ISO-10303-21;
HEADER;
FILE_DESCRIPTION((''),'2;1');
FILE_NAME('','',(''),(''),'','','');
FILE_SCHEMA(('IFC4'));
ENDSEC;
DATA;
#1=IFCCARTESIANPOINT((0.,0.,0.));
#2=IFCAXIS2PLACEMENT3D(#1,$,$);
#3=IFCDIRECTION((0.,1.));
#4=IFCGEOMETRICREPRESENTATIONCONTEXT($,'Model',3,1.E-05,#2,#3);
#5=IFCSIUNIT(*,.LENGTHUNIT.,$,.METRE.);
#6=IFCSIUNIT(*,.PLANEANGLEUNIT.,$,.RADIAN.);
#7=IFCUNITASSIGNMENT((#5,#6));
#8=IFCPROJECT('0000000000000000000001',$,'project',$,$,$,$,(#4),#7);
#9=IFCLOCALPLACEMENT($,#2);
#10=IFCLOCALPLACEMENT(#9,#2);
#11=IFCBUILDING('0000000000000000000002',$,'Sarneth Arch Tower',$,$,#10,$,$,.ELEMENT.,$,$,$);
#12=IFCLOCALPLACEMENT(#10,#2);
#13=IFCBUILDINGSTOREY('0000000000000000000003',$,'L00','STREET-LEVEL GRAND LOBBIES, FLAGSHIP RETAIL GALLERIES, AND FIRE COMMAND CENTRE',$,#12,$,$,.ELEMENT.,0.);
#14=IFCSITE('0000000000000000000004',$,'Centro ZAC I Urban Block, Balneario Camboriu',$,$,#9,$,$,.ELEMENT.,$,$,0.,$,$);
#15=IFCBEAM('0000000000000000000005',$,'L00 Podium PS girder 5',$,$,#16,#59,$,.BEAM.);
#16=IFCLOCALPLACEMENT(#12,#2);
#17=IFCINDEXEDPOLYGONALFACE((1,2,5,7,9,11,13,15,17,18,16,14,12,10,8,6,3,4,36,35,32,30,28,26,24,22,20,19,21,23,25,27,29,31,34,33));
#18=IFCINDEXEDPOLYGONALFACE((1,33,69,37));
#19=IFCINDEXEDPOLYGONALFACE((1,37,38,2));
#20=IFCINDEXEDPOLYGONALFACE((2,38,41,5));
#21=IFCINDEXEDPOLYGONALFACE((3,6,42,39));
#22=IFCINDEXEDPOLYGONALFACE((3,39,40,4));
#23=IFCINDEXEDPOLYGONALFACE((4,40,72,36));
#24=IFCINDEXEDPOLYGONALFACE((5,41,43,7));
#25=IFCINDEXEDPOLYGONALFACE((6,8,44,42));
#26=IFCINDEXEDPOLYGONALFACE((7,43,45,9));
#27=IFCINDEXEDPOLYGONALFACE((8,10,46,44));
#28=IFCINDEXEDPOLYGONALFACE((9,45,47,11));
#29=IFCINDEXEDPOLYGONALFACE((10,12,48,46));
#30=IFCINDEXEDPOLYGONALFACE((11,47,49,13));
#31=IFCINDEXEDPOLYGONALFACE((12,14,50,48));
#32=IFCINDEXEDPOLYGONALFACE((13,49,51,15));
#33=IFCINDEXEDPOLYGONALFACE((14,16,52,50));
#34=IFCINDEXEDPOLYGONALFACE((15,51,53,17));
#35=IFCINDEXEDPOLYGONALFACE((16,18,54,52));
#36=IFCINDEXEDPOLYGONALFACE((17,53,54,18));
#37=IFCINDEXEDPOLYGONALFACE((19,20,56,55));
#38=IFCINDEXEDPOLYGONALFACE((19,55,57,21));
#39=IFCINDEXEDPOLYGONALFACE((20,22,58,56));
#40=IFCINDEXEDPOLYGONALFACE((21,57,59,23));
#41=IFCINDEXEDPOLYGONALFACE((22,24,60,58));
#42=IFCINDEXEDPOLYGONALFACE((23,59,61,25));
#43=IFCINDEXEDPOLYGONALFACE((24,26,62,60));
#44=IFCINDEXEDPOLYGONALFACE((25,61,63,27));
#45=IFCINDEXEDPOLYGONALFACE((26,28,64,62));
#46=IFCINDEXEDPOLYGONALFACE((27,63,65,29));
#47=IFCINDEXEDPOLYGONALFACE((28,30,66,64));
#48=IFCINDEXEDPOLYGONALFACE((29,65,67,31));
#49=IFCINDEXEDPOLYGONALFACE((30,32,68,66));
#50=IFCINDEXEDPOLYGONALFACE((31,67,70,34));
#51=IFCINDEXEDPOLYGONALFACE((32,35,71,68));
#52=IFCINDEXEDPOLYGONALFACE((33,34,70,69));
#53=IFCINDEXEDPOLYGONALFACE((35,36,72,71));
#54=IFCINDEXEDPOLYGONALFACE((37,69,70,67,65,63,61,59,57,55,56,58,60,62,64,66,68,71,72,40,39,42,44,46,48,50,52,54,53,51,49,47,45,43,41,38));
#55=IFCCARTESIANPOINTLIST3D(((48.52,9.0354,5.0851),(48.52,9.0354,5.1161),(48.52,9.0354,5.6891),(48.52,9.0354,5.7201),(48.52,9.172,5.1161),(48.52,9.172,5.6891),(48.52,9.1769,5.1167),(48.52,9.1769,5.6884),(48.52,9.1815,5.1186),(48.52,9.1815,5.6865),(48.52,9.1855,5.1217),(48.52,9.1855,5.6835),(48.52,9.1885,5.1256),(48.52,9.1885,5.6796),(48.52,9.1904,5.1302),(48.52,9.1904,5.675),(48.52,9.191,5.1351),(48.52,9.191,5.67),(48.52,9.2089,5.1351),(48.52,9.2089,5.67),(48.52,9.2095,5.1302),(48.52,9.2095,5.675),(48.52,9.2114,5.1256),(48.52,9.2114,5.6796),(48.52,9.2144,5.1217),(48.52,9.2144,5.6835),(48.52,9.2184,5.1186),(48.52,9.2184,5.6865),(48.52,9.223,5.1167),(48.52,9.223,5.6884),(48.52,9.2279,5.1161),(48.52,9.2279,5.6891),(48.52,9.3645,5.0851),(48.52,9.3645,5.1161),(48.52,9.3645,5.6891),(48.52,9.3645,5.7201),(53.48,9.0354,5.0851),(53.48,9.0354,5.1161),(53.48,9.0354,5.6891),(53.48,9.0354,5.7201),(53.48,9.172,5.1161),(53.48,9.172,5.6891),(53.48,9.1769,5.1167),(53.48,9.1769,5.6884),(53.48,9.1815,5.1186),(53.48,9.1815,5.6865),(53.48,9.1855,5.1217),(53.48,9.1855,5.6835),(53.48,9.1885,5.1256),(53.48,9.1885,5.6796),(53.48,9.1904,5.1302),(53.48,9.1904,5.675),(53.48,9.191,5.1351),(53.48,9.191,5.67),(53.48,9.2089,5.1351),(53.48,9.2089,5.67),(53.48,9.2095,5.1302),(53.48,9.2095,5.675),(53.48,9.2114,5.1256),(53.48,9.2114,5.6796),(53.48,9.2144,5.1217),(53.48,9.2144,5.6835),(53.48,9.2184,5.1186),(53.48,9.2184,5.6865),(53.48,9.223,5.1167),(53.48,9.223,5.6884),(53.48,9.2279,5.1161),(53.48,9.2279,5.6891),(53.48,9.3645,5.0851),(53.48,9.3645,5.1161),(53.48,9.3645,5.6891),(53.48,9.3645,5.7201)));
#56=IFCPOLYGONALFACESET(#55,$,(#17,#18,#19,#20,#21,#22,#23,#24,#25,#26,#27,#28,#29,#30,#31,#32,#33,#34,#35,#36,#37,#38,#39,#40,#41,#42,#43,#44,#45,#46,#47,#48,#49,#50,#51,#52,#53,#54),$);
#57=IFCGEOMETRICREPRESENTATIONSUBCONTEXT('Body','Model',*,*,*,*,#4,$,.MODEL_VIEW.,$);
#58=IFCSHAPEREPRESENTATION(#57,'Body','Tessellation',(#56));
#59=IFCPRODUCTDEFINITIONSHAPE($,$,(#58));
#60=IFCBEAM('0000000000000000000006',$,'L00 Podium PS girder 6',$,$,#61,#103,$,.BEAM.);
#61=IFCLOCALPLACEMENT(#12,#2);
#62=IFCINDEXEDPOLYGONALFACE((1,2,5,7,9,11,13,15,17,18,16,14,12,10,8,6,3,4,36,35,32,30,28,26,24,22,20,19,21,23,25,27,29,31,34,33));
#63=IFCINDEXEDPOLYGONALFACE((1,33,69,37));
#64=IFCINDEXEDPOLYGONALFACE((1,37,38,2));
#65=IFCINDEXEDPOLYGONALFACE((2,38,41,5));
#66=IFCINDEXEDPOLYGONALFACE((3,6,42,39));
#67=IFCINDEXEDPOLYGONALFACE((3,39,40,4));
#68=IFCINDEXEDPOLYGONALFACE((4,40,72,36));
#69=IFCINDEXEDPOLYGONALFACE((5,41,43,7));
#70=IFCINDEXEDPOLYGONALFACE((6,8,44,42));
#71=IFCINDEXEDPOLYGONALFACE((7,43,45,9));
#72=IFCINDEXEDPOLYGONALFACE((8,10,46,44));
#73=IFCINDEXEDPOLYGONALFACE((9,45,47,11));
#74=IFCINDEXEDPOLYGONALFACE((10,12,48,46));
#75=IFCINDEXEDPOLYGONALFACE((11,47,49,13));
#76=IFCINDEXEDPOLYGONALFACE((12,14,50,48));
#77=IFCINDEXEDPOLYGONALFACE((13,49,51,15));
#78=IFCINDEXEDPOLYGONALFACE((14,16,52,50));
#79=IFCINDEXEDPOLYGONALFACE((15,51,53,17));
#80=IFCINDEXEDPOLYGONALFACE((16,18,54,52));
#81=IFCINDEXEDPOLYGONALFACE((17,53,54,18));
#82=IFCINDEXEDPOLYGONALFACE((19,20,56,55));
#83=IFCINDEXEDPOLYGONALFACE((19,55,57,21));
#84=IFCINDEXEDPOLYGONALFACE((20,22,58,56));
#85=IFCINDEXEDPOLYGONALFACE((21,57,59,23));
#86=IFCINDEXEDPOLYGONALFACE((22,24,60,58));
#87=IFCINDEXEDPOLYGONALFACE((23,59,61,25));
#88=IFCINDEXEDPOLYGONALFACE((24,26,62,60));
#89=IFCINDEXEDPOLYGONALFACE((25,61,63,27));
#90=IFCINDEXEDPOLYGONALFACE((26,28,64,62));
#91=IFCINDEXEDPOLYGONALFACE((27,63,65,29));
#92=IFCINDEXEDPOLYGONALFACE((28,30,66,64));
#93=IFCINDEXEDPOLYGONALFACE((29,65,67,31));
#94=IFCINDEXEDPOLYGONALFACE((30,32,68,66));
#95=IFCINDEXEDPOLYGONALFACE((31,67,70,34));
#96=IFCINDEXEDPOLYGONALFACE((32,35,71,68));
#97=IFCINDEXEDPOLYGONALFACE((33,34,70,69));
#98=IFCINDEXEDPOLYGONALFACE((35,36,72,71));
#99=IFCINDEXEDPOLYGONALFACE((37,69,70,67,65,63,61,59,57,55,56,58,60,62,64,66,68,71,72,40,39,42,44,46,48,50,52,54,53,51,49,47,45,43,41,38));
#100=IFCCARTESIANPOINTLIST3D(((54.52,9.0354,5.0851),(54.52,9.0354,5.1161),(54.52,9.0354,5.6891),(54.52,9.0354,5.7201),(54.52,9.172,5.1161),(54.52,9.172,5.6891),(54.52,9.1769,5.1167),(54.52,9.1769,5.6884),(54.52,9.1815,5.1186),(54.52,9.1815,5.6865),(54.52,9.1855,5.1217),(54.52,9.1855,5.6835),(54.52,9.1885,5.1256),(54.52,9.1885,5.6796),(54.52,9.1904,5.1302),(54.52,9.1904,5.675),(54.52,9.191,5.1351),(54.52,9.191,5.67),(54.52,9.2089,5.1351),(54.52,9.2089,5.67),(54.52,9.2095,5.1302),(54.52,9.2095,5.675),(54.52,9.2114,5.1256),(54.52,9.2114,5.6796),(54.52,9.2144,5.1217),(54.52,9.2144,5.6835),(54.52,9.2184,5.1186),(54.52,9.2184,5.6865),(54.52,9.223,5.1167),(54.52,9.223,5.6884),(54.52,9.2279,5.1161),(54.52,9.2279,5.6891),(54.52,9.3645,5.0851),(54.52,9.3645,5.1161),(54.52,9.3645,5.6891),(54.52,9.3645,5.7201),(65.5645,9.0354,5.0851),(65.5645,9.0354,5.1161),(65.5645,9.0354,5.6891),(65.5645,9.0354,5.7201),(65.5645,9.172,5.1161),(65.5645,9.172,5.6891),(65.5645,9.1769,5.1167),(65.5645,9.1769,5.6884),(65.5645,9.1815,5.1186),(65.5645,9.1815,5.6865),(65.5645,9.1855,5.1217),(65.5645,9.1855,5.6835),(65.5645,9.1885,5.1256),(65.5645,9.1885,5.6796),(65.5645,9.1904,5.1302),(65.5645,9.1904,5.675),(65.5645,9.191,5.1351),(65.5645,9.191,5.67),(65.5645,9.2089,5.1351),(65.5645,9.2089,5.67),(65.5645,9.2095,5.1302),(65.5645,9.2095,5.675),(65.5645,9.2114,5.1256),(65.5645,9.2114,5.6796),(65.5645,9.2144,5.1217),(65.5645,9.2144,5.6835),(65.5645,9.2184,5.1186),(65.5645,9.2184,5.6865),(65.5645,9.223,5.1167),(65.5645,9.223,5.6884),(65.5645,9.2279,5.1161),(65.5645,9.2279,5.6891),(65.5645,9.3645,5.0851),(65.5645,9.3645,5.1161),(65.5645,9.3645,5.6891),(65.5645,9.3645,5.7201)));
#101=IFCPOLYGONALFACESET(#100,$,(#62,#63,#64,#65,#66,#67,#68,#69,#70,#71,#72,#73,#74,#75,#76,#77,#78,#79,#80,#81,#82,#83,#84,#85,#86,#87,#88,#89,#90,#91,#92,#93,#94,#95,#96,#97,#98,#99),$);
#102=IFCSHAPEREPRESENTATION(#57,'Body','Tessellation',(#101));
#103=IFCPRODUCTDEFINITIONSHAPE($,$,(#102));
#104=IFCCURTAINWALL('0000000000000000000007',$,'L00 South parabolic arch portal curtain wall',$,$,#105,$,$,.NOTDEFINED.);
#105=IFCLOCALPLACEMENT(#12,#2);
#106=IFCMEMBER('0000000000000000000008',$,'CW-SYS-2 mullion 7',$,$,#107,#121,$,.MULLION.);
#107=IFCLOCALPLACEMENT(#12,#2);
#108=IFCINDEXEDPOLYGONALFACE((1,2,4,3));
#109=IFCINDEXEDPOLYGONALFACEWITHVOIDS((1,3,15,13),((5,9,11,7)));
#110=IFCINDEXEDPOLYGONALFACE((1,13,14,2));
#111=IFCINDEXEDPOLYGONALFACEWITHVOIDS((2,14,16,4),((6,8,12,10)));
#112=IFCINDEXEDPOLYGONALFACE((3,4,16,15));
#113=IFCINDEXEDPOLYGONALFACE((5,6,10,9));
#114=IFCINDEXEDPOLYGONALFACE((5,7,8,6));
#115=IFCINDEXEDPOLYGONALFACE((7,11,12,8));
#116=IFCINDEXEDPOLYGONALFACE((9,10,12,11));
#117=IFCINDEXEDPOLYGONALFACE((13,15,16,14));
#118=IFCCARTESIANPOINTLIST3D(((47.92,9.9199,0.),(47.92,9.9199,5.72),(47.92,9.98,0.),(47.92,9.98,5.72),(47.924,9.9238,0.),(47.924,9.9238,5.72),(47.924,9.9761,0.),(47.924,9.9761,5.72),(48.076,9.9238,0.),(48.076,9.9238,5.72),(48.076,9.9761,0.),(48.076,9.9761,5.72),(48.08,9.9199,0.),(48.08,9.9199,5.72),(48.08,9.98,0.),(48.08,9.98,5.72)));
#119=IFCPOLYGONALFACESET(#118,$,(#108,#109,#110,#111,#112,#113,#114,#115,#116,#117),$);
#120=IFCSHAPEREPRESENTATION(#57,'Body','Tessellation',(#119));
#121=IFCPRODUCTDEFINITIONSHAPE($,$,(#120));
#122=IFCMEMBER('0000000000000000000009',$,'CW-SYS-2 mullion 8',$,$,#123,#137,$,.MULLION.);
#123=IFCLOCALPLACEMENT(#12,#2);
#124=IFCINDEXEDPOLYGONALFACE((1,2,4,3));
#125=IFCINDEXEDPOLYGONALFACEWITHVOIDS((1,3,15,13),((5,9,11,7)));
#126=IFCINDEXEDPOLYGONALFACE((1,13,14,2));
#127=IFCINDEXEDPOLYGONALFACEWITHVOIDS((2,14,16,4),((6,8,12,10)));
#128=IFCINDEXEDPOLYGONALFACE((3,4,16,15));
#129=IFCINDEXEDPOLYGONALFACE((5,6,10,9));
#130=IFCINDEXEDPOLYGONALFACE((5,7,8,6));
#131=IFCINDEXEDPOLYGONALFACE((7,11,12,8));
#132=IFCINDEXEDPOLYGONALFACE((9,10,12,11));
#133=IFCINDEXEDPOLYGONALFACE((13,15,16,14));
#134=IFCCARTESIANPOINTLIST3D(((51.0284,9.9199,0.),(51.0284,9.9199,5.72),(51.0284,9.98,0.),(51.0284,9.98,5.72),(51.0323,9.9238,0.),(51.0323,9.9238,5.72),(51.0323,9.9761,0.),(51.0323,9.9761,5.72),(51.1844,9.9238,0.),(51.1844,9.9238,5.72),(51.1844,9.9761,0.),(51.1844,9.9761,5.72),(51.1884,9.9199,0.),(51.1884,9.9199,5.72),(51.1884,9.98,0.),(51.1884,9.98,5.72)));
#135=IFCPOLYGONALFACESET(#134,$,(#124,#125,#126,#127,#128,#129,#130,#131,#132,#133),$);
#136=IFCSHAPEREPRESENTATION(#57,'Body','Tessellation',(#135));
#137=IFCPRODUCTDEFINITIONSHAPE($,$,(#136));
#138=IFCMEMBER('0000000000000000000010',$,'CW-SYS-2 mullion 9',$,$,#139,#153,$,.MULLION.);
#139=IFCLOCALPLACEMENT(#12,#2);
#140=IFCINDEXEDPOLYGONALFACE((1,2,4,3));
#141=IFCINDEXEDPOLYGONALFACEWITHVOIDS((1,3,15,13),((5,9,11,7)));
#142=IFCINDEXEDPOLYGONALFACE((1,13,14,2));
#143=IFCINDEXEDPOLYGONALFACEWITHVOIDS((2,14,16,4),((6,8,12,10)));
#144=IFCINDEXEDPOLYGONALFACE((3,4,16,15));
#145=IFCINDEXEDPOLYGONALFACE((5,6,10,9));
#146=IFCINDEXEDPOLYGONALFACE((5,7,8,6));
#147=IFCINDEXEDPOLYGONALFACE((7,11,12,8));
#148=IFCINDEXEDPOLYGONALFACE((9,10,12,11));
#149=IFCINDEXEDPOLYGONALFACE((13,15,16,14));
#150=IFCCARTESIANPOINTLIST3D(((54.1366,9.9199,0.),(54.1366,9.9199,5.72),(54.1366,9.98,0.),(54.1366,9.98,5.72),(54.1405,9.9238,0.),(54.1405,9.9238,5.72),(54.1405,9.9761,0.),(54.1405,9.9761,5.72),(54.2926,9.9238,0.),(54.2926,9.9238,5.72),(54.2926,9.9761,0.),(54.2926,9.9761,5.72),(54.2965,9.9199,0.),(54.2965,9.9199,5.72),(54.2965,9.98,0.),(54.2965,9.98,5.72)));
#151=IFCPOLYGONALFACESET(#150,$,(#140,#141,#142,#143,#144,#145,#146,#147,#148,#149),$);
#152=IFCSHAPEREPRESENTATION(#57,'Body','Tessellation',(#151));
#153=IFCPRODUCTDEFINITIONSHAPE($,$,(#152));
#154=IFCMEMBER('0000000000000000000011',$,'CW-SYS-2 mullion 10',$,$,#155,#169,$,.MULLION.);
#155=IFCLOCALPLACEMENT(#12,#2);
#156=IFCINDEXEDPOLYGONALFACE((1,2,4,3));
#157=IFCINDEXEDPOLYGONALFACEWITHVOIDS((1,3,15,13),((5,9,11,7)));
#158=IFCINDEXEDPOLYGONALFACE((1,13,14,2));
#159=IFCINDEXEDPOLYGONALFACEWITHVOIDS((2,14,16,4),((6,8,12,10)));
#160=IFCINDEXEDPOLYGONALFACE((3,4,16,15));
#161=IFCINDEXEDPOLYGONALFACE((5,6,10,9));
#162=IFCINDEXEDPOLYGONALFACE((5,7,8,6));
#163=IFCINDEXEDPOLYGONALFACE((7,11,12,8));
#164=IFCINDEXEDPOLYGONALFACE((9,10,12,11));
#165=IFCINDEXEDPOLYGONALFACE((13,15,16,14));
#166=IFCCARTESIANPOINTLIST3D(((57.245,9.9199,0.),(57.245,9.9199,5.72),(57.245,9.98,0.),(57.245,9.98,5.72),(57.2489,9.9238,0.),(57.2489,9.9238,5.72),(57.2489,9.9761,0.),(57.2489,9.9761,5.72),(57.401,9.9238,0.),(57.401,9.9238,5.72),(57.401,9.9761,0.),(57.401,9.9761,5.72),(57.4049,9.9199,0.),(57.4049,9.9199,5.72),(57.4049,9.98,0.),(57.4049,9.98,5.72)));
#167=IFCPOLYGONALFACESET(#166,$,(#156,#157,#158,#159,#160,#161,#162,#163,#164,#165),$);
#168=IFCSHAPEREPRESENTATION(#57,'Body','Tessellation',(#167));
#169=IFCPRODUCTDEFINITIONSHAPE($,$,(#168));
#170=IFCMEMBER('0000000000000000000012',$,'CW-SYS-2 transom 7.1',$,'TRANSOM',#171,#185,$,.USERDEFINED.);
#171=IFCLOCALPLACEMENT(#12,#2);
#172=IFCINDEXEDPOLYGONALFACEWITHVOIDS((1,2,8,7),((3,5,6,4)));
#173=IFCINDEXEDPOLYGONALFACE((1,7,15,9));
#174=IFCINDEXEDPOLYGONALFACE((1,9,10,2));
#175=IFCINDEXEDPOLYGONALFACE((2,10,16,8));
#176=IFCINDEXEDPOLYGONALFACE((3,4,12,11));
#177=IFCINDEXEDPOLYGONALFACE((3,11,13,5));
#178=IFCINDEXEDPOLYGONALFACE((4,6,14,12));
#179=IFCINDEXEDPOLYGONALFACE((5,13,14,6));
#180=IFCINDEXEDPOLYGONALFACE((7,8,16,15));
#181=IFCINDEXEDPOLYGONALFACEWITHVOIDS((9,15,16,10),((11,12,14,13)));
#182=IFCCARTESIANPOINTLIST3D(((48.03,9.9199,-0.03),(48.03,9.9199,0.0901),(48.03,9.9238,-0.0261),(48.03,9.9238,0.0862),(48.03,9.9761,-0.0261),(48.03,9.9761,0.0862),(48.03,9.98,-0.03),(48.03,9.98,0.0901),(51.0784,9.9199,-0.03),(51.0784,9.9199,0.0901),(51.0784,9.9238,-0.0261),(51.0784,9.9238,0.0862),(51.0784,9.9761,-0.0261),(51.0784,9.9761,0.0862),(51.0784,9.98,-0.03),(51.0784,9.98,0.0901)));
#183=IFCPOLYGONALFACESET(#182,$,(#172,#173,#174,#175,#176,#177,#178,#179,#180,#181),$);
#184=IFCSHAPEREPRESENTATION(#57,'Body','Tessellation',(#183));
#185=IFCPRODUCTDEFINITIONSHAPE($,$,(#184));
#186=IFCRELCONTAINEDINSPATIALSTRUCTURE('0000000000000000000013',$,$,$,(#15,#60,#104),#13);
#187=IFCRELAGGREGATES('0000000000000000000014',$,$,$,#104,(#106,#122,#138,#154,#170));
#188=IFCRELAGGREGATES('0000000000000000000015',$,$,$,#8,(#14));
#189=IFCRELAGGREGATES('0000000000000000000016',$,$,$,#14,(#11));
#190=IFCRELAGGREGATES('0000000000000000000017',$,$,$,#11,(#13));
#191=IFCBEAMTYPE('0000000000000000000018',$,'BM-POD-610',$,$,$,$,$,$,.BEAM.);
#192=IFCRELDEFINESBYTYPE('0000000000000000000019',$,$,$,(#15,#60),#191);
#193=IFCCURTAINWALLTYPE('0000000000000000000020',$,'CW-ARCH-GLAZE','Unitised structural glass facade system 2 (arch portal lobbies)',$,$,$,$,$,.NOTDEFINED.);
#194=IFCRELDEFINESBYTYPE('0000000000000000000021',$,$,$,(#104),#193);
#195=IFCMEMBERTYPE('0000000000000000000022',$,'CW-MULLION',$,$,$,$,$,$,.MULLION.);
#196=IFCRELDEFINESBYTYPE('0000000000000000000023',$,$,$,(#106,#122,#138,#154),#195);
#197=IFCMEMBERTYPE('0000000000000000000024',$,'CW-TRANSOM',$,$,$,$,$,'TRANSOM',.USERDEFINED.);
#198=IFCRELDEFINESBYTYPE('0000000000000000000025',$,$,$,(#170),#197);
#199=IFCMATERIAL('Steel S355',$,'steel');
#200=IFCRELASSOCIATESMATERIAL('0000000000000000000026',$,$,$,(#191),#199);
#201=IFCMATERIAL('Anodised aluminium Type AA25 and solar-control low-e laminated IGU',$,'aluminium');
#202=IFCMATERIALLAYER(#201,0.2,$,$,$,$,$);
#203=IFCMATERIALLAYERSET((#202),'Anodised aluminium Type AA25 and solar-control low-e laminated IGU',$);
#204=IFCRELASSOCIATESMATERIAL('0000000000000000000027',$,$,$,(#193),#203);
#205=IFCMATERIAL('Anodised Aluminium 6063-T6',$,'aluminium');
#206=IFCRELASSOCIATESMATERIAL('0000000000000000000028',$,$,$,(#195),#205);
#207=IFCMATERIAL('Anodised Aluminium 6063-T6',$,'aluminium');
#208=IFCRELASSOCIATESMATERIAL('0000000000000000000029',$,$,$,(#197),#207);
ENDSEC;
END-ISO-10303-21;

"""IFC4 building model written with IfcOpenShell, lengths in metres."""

from ifc_helpers import new_model, si_unit, direction, frame, origin, origin_2d, place, context, subcontext, project, spatial, hollow_rectangle, i_section, extrude, material, layer, layer_set, material_profile, profile_set, type_object, element, aggregate, save


model = new_model("IFC4")

# Units and contexts
model_context = context("Model", 3, precision=1e-05, world=origin(), true_north=direction((0.0, 1.0)))
body_context = subcontext(model_context, "Body", "Model", "MODEL_VIEW")
ifc_project = project(units=[si_unit("LENGTHUNIT", "METRE"), si_unit("PLANEANGLEUNIT", "RADIAN")], contexts=[model_context])

# Site, building, storey
site_placement = place(None, origin())
site = spatial("IfcSite", under=ifc_project, at=site_placement, Name="Centro ZAC I Urban Block, Balneario Camboriu", CompositionType="ELEMENT", RefElevation=0.0)
building_placement = place(site_placement, origin())
building = spatial("IfcBuilding", under=site, at=building_placement, Name="Sarneth Arch Tower", CompositionType="ELEMENT")
storey_placement = place(building_placement, origin())
storey = spatial("IfcBuildingStorey", under=building, at=storey_placement, Name="L00", Description="STREET-LEVEL GRAND LOBBIES, FLAGSHIP RETAIL GALLERIES, AND FIRE COMMAND CENTRE", CompositionType="ELEMENT", Elevation=0.0)

# Beams
ifc_material_1 = material(Name="Steel S355", Category="steel")
ifc_material_profile_1 = material_profile(ifc_material_1, i_section(OverallWidth=0.3291, OverallDepth=0.635, WebThickness=0.0178, FlangeThickness=0.031, FilletRadius=0.019, at=origin_2d()), Name="W610x241")
ifc_profile_set_1 = profile_set([ifc_material_profile_1], Name="Steel S355")
beam_type_1 = type_object("IfcBeamType", Name="BM-POD-610", PredefinedType="BEAM", material=ifc_profile_set_1)
beam_1_placement = place(storey_placement, frame((48.52, 9.2, 5.4026), z_axis=(1.0, 0.0, 0.0), x_axis=(0.0, 1.0, 0.0)))
element("IfcBeam", 1, at=beam_1_placement, inside=storey, type_object=beam_type_1, Name="L00 Podium PS girder 5", PredefinedType="BEAM", context=body_context, shape_type="SweptSolid", body=[
    extrude(i_section(OverallWidth=0.3291, OverallDepth=0.635, WebThickness=0.0178, FlangeThickness=0.031, FilletRadius=0.019, at=origin_2d()), origin(), (0.0, 0.0, 1.0), 4.96),
])
beam_2_placement = place(storey_placement, frame((54.52, 9.2, 5.4026), z_axis=(1.0, 0.0, 0.0), x_axis=(0.0, 1.0, 0.0)))
element("IfcBeam", 2, at=beam_2_placement, inside=storey, type_object=beam_type_1, Name="L00 Podium PS girder 6", PredefinedType="BEAM", context=body_context, shape_type="SweptSolid", body=[
    extrude(i_section(OverallWidth=0.3291, OverallDepth=0.635, WebThickness=0.0178, FlangeThickness=0.031, FilletRadius=0.019, at=origin_2d()), origin(), (0.0, 0.0, 1.0), 11.0444),
])

# Curtain wall, members
ifc_material_2 = material(Name="Anodised aluminium Type AA25 and solar-control low-e laminated IGU", Category="aluminium")
ifc_layer_1 = layer(ifc_material_2, 0.2)
ifc_layer_set_1 = layer_set([ifc_layer_1], Name="Anodised aluminium Type AA25 and solar-control low-e laminated IGU")
curtain_wall_type = type_object("IfcCurtainWallType", Name="CW-ARCH-GLAZE", Description="Unitised structural glass facade system 2 (arch portal lobbies)", PredefinedType="NOTDEFINED", material=ifc_layer_set_1)
curtain_wall_placement = place(storey_placement, origin())
curtain_wall = element("IfcCurtainWall", 3, at=curtain_wall_placement, inside=storey, type_object=curtain_wall_type, Name="L00 South parabolic arch portal curtain wall", PredefinedType="NOTDEFINED")
ifc_material_3 = material(Name="Anodised Aluminium 6063-T6", Category="aluminium")
ifc_material_profile_2 = material_profile(ifc_material_3, hollow_rectangle(XDim=0.0601, YDim=0.1599, WallThickness=0.0039, at=origin_2d()), Name="AL-MULL-160x60x4")
ifc_profile_set_2 = profile_set([ifc_material_profile_2], Name="Anodised Aluminium 6063-T6")
member_type_1 = type_object("IfcMemberType", Name="CW-MULLION", PredefinedType="MULLION", material=ifc_profile_set_2)
member_1_placement = place(storey_placement, frame((48.0, 9.95, 0.0), z_axis=(0.0, 0.0, 1.0), x_axis=(0.0, 1.0, 0.0)))
member_1 = element("IfcMember", 4, at=member_1_placement, type_object=member_type_1, Name="CW-SYS-2 mullion 7", PredefinedType="MULLION", context=body_context, shape_type="SweptSolid", body=[
    extrude(hollow_rectangle(XDim=0.0601, YDim=0.1599, WallThickness=0.0039, at=origin_2d()), origin(), (0.0, 0.0, 1.0), 5.72),
])
member_2_placement = place(storey_placement, frame((51.1084, 9.95, 0.0), z_axis=(0.0, 0.0, 1.0), x_axis=(0.0, 1.0, 0.0)))
member_2 = element("IfcMember", 5, at=member_2_placement, type_object=member_type_1, Name="CW-SYS-2 mullion 8", PredefinedType="MULLION", context=body_context, shape_type="SweptSolid", body=[
    extrude(hollow_rectangle(XDim=0.0601, YDim=0.1599, WallThickness=0.0039, at=origin_2d()), origin(), (0.0, 0.0, 1.0), 5.72),
])
member_3_placement = place(storey_placement, frame((54.2166, 9.95, 0.0), z_axis=(0.0, 0.0, 1.0), x_axis=(0.0, 1.0, 0.0)))
member_3 = element("IfcMember", 6, at=member_3_placement, type_object=member_type_1, Name="CW-SYS-2 mullion 9", PredefinedType="MULLION", context=body_context, shape_type="SweptSolid", body=[
    extrude(hollow_rectangle(XDim=0.0601, YDim=0.1599, WallThickness=0.0039, at=origin_2d()), origin(), (0.0, 0.0, 1.0), 5.72),
])
member_4_placement = place(storey_placement, frame((57.325, 9.95, 0.0), z_axis=(0.0, 0.0, 1.0), x_axis=(0.0, 1.0, 0.0)))
member_4 = element("IfcMember", 7, at=member_4_placement, type_object=member_type_1, Name="CW-SYS-2 mullion 10", PredefinedType="MULLION", context=body_context, shape_type="SweptSolid", body=[
    extrude(hollow_rectangle(XDim=0.0601, YDim=0.1599, WallThickness=0.0039, at=origin_2d()), origin(), (0.0, 0.0, 1.0), 5.72),
])
ifc_material_4 = material(Name="Anodised Aluminium 6063-T6", Category="aluminium")
ifc_material_profile_3 = material_profile(ifc_material_4, hollow_rectangle(XDim=0.0601, YDim=0.1201, WallThickness=0.0039, at=origin_2d()), Name="AL-TRAN-120x60x4")
ifc_profile_set_3 = profile_set([ifc_material_profile_3], Name="Anodised Aluminium 6063-T6")
member_type_2 = type_object("IfcMemberType", Name="CW-TRANSOM", ElementType="TRANSOM", PredefinedType="USERDEFINED", material=ifc_profile_set_3)
member_5_placement = place(storey_placement, frame((48.03, 9.95, 0.03), z_axis=(1.0, 0.0, 0.0), x_axis=(0.0, 1.0, 0.0)))
member_5 = element("IfcMember", 8, at=member_5_placement, type_object=member_type_2, Name="CW-SYS-2 transom 7.1", ObjectType="TRANSOM", PredefinedType="USERDEFINED", context=body_context, shape_type="SweptSolid", body=[
    extrude(hollow_rectangle(XDim=0.0601, YDim=0.1201, WallThickness=0.0039, at=origin_2d()), origin(), (0.0, 0.0, 1.0), 3.0483),
])

aggregate(curtain_wall, [member_1, member_2, member_3, member_4, member_5])

save(model, "model.ifc")
